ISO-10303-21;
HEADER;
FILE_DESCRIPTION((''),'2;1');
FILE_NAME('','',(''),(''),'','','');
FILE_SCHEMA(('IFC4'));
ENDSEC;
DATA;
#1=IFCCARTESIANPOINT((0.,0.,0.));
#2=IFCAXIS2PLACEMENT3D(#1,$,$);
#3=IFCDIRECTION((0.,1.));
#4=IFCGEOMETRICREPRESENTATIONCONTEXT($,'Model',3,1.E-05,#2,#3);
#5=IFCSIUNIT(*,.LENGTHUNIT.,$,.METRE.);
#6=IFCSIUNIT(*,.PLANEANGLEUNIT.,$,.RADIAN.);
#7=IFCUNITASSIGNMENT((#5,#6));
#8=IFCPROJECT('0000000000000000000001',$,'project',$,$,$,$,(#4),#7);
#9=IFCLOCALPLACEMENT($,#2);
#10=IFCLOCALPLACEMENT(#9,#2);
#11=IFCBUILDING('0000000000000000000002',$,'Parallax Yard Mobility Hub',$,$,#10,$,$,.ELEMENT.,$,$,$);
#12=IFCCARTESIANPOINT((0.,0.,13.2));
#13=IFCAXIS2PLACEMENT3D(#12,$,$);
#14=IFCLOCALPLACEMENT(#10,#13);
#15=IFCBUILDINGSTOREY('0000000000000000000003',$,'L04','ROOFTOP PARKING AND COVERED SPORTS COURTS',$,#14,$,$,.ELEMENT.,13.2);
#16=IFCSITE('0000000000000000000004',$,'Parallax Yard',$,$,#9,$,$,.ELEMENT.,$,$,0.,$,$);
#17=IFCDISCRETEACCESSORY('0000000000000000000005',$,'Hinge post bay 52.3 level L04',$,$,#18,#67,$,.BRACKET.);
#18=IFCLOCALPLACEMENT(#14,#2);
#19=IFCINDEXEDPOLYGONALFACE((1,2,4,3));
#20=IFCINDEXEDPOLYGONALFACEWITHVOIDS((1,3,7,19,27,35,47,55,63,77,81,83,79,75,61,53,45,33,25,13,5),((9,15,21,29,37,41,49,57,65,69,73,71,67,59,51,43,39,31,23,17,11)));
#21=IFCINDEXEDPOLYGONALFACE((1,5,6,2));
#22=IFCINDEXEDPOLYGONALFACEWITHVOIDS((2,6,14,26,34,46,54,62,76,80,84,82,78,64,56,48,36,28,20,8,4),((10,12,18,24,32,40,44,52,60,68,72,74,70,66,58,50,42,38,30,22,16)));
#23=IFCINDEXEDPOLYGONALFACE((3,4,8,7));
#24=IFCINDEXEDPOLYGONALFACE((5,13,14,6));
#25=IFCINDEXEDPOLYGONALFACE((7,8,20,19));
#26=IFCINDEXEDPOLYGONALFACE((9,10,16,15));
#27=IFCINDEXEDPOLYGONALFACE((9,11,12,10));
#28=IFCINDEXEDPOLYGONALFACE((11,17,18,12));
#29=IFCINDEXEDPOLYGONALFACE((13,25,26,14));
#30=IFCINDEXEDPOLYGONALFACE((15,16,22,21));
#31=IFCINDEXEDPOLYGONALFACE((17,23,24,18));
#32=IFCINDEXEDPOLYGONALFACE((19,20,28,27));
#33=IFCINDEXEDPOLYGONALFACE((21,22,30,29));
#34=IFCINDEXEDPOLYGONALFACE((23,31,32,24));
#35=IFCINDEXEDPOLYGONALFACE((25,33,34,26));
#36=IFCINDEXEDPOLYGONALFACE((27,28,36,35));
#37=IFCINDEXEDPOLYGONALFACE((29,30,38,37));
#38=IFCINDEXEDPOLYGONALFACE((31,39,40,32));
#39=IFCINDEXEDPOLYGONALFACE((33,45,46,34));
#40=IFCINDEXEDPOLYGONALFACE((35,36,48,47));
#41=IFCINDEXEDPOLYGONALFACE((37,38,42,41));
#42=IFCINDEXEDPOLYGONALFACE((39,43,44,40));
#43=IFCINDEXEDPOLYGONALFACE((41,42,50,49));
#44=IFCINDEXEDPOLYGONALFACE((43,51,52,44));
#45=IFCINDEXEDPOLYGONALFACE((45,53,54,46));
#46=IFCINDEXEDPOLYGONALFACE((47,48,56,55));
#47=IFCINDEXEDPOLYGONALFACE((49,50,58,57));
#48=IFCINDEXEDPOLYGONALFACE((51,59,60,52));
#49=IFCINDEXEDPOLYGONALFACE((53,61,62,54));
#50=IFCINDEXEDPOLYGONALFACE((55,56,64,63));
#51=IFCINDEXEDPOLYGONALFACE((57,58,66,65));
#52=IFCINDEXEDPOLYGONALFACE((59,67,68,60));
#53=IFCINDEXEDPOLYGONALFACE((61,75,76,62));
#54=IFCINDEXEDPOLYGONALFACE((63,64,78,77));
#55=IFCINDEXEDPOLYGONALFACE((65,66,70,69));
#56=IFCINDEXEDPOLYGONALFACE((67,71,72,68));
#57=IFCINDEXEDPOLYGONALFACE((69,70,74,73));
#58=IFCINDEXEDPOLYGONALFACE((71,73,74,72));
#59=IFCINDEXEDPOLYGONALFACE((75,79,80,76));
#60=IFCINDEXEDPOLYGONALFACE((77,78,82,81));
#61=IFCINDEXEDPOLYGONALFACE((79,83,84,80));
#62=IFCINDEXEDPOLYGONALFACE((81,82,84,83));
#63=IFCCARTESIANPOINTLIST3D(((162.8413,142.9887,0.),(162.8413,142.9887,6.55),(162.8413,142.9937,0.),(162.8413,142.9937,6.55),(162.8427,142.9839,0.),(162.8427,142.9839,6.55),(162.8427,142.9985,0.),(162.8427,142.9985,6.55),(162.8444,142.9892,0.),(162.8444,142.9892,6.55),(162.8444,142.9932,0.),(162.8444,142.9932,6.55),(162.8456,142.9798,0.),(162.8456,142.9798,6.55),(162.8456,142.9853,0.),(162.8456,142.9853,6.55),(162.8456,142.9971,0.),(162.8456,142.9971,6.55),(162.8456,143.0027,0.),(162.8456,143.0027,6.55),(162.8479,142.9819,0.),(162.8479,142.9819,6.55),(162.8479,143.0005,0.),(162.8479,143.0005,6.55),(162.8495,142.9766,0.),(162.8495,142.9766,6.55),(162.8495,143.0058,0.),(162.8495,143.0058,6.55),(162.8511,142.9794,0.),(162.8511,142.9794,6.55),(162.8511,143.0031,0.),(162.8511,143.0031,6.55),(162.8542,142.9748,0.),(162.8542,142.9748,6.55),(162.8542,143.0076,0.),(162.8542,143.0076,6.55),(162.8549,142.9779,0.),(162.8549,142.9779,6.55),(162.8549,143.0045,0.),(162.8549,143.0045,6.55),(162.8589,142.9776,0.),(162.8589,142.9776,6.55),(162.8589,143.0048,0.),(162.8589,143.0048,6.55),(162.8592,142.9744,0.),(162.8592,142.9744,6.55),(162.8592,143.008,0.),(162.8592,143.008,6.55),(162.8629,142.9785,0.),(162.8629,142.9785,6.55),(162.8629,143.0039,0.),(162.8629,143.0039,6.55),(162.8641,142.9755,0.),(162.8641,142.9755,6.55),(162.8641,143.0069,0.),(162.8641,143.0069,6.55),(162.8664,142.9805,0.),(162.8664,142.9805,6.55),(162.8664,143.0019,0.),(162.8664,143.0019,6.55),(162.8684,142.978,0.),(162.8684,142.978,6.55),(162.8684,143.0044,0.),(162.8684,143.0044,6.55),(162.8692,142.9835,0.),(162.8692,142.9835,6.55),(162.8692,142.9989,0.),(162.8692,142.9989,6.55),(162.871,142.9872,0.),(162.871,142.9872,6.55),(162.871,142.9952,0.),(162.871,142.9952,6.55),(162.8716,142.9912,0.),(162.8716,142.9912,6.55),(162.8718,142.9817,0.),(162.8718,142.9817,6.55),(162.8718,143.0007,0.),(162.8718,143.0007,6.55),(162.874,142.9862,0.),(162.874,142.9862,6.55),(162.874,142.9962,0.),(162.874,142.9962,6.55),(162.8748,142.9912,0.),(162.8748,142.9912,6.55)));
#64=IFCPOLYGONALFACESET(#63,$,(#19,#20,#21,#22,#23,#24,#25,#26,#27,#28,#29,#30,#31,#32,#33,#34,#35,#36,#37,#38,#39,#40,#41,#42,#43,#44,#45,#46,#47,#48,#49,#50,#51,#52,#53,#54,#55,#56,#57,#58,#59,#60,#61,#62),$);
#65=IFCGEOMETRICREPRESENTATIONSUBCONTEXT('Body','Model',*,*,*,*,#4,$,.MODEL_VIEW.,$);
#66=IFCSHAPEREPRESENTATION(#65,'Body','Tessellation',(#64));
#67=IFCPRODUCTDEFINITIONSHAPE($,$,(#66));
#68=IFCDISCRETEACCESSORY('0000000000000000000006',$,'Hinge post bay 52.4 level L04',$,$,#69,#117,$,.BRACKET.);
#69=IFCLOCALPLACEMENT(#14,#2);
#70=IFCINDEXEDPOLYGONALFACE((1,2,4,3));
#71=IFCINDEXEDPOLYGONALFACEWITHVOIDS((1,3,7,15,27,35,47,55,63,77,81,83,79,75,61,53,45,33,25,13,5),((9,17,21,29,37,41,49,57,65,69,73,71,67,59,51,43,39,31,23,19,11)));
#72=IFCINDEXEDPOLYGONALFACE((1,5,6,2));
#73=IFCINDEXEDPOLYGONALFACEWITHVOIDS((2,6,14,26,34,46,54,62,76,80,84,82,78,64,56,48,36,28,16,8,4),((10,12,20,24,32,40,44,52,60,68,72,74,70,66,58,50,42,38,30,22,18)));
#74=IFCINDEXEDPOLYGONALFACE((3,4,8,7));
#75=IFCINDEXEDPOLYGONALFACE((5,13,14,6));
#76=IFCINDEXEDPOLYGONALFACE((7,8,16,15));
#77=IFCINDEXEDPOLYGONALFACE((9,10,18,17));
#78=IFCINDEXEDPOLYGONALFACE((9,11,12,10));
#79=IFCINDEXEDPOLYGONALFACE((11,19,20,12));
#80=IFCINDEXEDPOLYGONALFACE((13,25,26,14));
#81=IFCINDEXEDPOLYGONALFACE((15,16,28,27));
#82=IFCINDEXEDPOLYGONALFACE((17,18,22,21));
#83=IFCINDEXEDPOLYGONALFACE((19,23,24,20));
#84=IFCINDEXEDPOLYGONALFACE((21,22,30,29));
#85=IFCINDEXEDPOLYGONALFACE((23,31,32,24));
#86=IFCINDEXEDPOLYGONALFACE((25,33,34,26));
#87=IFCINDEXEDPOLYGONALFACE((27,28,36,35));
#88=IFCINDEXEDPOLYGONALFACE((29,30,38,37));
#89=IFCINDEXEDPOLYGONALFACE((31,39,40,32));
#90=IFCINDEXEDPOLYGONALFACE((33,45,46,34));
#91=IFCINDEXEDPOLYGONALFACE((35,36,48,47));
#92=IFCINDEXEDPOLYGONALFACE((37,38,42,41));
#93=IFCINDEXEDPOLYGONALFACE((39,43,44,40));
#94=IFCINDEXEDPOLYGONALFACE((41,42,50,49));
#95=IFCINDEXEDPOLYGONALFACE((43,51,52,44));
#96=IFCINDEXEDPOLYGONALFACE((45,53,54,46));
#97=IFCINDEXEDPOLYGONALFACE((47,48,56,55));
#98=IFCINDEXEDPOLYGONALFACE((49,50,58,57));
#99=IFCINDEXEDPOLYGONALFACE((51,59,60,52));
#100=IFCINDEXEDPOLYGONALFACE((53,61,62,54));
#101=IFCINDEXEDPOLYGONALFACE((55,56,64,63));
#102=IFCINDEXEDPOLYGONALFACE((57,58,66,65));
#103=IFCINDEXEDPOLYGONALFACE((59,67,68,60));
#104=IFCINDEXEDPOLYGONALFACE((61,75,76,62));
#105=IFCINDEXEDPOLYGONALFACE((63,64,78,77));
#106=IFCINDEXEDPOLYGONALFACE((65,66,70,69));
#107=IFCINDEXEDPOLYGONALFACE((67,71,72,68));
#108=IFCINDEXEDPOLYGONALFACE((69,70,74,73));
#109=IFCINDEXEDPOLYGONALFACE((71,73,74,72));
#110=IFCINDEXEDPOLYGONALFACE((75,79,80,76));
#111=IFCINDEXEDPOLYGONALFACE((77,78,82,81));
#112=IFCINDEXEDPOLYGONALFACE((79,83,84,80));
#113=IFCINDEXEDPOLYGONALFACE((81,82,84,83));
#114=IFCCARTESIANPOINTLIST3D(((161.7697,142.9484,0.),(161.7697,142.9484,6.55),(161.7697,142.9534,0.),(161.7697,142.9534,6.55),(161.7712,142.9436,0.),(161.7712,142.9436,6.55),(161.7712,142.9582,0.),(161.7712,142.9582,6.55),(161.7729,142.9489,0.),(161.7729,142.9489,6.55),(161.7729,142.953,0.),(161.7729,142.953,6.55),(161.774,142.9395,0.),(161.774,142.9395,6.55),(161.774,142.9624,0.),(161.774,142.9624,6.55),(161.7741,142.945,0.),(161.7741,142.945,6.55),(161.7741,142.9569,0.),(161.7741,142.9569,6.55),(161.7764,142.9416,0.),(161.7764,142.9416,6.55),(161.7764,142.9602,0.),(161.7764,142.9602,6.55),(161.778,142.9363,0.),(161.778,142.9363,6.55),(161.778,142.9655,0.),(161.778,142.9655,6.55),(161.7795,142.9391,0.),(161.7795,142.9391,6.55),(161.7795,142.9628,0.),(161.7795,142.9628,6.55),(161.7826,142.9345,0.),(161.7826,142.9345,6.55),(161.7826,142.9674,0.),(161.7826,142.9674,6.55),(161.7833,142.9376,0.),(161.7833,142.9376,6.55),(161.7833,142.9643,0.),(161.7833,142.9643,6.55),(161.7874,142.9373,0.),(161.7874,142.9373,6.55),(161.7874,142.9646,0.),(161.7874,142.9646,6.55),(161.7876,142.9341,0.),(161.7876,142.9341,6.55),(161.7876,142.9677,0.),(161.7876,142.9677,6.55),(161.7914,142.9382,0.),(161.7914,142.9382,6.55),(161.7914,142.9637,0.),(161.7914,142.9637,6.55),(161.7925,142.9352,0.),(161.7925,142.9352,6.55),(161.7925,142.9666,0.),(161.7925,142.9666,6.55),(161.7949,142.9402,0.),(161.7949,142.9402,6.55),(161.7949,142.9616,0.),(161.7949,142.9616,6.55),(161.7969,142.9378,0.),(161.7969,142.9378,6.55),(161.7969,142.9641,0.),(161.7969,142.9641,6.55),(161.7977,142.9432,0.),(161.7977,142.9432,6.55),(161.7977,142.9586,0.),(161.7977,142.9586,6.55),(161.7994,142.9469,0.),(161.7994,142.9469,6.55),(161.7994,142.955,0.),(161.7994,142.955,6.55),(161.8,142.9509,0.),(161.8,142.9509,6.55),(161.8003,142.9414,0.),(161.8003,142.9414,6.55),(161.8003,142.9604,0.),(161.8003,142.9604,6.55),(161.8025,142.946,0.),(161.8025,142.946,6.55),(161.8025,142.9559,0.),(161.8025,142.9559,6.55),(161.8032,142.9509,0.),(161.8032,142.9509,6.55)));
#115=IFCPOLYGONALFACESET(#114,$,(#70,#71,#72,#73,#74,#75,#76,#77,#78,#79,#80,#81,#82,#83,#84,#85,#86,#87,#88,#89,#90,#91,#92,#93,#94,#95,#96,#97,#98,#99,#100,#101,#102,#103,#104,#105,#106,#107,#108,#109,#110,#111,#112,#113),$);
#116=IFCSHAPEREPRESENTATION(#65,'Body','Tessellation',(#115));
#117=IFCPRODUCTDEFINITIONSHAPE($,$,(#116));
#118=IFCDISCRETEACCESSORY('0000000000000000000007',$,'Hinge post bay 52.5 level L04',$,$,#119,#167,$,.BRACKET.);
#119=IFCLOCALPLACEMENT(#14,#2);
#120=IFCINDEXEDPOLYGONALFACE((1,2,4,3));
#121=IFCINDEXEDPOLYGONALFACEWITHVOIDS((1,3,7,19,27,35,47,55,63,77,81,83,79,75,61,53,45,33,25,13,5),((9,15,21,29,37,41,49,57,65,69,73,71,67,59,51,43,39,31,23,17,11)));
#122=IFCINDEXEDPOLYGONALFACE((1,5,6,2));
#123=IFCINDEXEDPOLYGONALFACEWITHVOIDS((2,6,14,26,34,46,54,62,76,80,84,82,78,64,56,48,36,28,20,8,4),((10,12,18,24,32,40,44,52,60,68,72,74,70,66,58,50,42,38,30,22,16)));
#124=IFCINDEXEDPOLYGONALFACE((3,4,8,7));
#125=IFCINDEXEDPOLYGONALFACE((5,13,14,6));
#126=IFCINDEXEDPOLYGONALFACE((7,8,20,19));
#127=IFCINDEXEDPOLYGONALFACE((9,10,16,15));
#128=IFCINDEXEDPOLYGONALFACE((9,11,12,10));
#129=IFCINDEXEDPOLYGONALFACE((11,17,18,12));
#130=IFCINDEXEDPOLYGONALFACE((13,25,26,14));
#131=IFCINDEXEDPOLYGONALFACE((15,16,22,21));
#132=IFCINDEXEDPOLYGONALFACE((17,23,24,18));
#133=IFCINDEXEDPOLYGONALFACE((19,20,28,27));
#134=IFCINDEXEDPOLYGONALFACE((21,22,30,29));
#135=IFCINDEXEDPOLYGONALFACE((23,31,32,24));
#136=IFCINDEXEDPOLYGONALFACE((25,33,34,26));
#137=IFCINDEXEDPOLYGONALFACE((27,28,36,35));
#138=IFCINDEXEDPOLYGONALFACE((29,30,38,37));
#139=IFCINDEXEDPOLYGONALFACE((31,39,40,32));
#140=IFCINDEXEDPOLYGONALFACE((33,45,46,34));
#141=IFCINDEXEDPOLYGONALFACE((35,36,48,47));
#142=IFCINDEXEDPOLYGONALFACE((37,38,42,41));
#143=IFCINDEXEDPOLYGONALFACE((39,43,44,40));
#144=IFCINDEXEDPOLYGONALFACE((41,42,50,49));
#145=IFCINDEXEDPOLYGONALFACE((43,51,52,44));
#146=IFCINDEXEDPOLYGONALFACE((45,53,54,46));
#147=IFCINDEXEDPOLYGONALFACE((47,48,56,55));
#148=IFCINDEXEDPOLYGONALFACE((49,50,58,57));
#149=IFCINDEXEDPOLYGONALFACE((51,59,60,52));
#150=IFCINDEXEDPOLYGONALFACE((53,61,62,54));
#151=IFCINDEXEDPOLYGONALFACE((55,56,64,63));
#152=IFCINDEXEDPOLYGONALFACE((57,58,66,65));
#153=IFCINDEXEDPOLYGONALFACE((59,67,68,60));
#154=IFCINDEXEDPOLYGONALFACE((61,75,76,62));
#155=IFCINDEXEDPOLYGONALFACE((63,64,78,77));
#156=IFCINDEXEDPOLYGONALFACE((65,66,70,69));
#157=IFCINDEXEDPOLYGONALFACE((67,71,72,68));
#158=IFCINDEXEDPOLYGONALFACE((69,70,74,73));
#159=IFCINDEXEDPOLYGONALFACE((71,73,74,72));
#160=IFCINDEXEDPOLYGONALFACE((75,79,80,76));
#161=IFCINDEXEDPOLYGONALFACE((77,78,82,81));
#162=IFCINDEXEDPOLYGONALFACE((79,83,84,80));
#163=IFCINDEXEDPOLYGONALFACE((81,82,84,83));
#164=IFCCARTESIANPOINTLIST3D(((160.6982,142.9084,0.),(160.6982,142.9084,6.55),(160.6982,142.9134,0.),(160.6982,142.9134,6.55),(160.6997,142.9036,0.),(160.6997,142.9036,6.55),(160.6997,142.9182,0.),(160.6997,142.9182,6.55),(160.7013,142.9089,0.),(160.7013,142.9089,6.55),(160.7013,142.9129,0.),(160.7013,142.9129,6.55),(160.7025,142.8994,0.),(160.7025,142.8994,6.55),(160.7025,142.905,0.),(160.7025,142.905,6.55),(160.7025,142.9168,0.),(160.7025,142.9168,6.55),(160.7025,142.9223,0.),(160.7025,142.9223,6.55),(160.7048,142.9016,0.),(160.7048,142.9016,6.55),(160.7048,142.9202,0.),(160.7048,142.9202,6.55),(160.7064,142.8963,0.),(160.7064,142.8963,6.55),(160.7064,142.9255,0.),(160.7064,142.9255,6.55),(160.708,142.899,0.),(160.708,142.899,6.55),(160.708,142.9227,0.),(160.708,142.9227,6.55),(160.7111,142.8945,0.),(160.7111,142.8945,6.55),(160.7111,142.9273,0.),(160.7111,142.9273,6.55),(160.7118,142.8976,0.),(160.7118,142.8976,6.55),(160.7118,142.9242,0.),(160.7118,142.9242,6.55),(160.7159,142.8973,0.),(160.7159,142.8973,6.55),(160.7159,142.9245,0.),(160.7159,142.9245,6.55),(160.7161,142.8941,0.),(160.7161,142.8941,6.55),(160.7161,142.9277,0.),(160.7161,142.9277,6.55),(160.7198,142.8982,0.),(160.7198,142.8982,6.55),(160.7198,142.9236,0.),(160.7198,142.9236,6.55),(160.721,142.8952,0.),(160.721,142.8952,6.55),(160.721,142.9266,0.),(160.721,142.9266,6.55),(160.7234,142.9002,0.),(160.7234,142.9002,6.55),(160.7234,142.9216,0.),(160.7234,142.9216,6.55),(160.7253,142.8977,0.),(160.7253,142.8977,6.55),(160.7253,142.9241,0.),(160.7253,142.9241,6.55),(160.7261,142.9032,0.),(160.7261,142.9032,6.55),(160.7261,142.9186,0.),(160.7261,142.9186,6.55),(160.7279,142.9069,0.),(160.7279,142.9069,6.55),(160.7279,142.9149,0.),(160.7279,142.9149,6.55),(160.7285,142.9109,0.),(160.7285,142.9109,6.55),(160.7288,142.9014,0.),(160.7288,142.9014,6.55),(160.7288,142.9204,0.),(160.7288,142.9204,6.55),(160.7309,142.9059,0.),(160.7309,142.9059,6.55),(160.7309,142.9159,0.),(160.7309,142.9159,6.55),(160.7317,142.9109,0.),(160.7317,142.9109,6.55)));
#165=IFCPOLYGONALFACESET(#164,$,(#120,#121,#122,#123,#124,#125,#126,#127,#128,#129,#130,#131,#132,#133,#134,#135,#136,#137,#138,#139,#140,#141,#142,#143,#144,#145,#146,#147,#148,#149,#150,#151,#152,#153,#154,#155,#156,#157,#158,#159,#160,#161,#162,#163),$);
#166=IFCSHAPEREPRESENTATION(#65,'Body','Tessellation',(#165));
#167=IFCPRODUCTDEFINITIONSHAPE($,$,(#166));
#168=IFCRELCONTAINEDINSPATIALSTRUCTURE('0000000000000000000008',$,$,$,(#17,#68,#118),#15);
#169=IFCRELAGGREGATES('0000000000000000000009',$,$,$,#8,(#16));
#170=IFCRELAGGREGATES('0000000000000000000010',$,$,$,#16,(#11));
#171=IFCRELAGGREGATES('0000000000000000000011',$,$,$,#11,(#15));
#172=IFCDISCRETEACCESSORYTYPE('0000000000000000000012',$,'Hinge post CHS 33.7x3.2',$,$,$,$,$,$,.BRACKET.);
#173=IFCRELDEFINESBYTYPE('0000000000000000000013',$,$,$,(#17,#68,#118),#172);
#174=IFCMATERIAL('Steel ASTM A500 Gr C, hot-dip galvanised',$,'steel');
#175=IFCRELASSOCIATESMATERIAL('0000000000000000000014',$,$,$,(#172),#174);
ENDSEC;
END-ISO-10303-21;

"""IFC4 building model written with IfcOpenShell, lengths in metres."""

from ifc_helpers import new_model, si_unit, direction, frame, origin, origin_2d, place, context, subcontext, project, spatial, hollow_circle, extrude, material, material_profile, profile_set, type_object, element, save


model = new_model("IFC4")

# Units and contexts
model_context = context("Model", 3, precision=1e-05, world=origin(), true_north=direction((0.0, 1.0)))
body_context = subcontext(model_context, "Body", "Model", "MODEL_VIEW")
ifc_project = project(units=[si_unit("LENGTHUNIT", "METRE"), si_unit("PLANEANGLEUNIT", "RADIAN")], contexts=[model_context])

# Site, building, storey
site_placement = place(None, origin())
site = spatial("IfcSite", under=ifc_project, at=site_placement, Name="Parallax Yard", CompositionType="ELEMENT", RefElevation=0.0)
building_placement = place(site_placement, origin())
building = spatial("IfcBuilding", under=site, at=building_placement, Name="Parallax Yard Mobility Hub", CompositionType="ELEMENT")
storey_placement = place(building_placement, frame((0.0, 0.0, 13.2)))
storey = spatial("IfcBuildingStorey", under=building, at=storey_placement, Name="L04", Description="ROOFTOP PARKING AND COVERED SPORTS COURTS", CompositionType="ELEMENT", Elevation=13.2)

# Discrete accessories
ifc_material_1 = material(Name="Steel ASTM A500 Gr C, hot-dip galvanised", Category="steel")
ifc_material_profile = material_profile(ifc_material_1, hollow_circle(Radius=0.0168, WallThickness=0.0032, at=origin_2d()), Name="CHS 33.7x3.2")
ifc_profile_set = profile_set([ifc_material_profile], Name="Steel ASTM A500 Gr C, hot-dip galvanised")
discrete_accessory_type_1 = type_object("IfcDiscreteAccessoryType", Name="Hinge post CHS 33.7x3.2", PredefinedType="BRACKET", material=ifc_profile_set)
for number, where, z_axis, x_axis, name in (
    (1, (162.8579, 142.9912, 0.0), (0.0, 0.0, 1.0), (1.0, 0.0, 0.0), "Hinge post bay 52.3 level L04"),
    (2, (161.7864, 142.9509, 0.0), (0.0, 0.0, 1.0), (1.0, 0.0, 0.0), "Hinge post bay 52.4 level L04"),
    (3, (160.7148, 142.9109, 0.0), (0.0, 0.0, 1.0), (1.0, 0.0, 0.0), "Hinge post bay 52.5 level L04"),
):
    element("IfcDiscreteAccessory", number, at=place(storey_placement, frame(where, z_axis=z_axis, x_axis=x_axis)), inside=storey, type_object=discrete_accessory_type_1, Name=name, PredefinedType="BRACKET", context=body_context, shape_type="SweptSolid", body=[
        extrude(hollow_circle(Radius=0.0168, WallThickness=0.0032, at=origin_2d()), origin(), (0.0, 0.0, 1.0), 6.55),
    ])

save(model, "model.ifc")
